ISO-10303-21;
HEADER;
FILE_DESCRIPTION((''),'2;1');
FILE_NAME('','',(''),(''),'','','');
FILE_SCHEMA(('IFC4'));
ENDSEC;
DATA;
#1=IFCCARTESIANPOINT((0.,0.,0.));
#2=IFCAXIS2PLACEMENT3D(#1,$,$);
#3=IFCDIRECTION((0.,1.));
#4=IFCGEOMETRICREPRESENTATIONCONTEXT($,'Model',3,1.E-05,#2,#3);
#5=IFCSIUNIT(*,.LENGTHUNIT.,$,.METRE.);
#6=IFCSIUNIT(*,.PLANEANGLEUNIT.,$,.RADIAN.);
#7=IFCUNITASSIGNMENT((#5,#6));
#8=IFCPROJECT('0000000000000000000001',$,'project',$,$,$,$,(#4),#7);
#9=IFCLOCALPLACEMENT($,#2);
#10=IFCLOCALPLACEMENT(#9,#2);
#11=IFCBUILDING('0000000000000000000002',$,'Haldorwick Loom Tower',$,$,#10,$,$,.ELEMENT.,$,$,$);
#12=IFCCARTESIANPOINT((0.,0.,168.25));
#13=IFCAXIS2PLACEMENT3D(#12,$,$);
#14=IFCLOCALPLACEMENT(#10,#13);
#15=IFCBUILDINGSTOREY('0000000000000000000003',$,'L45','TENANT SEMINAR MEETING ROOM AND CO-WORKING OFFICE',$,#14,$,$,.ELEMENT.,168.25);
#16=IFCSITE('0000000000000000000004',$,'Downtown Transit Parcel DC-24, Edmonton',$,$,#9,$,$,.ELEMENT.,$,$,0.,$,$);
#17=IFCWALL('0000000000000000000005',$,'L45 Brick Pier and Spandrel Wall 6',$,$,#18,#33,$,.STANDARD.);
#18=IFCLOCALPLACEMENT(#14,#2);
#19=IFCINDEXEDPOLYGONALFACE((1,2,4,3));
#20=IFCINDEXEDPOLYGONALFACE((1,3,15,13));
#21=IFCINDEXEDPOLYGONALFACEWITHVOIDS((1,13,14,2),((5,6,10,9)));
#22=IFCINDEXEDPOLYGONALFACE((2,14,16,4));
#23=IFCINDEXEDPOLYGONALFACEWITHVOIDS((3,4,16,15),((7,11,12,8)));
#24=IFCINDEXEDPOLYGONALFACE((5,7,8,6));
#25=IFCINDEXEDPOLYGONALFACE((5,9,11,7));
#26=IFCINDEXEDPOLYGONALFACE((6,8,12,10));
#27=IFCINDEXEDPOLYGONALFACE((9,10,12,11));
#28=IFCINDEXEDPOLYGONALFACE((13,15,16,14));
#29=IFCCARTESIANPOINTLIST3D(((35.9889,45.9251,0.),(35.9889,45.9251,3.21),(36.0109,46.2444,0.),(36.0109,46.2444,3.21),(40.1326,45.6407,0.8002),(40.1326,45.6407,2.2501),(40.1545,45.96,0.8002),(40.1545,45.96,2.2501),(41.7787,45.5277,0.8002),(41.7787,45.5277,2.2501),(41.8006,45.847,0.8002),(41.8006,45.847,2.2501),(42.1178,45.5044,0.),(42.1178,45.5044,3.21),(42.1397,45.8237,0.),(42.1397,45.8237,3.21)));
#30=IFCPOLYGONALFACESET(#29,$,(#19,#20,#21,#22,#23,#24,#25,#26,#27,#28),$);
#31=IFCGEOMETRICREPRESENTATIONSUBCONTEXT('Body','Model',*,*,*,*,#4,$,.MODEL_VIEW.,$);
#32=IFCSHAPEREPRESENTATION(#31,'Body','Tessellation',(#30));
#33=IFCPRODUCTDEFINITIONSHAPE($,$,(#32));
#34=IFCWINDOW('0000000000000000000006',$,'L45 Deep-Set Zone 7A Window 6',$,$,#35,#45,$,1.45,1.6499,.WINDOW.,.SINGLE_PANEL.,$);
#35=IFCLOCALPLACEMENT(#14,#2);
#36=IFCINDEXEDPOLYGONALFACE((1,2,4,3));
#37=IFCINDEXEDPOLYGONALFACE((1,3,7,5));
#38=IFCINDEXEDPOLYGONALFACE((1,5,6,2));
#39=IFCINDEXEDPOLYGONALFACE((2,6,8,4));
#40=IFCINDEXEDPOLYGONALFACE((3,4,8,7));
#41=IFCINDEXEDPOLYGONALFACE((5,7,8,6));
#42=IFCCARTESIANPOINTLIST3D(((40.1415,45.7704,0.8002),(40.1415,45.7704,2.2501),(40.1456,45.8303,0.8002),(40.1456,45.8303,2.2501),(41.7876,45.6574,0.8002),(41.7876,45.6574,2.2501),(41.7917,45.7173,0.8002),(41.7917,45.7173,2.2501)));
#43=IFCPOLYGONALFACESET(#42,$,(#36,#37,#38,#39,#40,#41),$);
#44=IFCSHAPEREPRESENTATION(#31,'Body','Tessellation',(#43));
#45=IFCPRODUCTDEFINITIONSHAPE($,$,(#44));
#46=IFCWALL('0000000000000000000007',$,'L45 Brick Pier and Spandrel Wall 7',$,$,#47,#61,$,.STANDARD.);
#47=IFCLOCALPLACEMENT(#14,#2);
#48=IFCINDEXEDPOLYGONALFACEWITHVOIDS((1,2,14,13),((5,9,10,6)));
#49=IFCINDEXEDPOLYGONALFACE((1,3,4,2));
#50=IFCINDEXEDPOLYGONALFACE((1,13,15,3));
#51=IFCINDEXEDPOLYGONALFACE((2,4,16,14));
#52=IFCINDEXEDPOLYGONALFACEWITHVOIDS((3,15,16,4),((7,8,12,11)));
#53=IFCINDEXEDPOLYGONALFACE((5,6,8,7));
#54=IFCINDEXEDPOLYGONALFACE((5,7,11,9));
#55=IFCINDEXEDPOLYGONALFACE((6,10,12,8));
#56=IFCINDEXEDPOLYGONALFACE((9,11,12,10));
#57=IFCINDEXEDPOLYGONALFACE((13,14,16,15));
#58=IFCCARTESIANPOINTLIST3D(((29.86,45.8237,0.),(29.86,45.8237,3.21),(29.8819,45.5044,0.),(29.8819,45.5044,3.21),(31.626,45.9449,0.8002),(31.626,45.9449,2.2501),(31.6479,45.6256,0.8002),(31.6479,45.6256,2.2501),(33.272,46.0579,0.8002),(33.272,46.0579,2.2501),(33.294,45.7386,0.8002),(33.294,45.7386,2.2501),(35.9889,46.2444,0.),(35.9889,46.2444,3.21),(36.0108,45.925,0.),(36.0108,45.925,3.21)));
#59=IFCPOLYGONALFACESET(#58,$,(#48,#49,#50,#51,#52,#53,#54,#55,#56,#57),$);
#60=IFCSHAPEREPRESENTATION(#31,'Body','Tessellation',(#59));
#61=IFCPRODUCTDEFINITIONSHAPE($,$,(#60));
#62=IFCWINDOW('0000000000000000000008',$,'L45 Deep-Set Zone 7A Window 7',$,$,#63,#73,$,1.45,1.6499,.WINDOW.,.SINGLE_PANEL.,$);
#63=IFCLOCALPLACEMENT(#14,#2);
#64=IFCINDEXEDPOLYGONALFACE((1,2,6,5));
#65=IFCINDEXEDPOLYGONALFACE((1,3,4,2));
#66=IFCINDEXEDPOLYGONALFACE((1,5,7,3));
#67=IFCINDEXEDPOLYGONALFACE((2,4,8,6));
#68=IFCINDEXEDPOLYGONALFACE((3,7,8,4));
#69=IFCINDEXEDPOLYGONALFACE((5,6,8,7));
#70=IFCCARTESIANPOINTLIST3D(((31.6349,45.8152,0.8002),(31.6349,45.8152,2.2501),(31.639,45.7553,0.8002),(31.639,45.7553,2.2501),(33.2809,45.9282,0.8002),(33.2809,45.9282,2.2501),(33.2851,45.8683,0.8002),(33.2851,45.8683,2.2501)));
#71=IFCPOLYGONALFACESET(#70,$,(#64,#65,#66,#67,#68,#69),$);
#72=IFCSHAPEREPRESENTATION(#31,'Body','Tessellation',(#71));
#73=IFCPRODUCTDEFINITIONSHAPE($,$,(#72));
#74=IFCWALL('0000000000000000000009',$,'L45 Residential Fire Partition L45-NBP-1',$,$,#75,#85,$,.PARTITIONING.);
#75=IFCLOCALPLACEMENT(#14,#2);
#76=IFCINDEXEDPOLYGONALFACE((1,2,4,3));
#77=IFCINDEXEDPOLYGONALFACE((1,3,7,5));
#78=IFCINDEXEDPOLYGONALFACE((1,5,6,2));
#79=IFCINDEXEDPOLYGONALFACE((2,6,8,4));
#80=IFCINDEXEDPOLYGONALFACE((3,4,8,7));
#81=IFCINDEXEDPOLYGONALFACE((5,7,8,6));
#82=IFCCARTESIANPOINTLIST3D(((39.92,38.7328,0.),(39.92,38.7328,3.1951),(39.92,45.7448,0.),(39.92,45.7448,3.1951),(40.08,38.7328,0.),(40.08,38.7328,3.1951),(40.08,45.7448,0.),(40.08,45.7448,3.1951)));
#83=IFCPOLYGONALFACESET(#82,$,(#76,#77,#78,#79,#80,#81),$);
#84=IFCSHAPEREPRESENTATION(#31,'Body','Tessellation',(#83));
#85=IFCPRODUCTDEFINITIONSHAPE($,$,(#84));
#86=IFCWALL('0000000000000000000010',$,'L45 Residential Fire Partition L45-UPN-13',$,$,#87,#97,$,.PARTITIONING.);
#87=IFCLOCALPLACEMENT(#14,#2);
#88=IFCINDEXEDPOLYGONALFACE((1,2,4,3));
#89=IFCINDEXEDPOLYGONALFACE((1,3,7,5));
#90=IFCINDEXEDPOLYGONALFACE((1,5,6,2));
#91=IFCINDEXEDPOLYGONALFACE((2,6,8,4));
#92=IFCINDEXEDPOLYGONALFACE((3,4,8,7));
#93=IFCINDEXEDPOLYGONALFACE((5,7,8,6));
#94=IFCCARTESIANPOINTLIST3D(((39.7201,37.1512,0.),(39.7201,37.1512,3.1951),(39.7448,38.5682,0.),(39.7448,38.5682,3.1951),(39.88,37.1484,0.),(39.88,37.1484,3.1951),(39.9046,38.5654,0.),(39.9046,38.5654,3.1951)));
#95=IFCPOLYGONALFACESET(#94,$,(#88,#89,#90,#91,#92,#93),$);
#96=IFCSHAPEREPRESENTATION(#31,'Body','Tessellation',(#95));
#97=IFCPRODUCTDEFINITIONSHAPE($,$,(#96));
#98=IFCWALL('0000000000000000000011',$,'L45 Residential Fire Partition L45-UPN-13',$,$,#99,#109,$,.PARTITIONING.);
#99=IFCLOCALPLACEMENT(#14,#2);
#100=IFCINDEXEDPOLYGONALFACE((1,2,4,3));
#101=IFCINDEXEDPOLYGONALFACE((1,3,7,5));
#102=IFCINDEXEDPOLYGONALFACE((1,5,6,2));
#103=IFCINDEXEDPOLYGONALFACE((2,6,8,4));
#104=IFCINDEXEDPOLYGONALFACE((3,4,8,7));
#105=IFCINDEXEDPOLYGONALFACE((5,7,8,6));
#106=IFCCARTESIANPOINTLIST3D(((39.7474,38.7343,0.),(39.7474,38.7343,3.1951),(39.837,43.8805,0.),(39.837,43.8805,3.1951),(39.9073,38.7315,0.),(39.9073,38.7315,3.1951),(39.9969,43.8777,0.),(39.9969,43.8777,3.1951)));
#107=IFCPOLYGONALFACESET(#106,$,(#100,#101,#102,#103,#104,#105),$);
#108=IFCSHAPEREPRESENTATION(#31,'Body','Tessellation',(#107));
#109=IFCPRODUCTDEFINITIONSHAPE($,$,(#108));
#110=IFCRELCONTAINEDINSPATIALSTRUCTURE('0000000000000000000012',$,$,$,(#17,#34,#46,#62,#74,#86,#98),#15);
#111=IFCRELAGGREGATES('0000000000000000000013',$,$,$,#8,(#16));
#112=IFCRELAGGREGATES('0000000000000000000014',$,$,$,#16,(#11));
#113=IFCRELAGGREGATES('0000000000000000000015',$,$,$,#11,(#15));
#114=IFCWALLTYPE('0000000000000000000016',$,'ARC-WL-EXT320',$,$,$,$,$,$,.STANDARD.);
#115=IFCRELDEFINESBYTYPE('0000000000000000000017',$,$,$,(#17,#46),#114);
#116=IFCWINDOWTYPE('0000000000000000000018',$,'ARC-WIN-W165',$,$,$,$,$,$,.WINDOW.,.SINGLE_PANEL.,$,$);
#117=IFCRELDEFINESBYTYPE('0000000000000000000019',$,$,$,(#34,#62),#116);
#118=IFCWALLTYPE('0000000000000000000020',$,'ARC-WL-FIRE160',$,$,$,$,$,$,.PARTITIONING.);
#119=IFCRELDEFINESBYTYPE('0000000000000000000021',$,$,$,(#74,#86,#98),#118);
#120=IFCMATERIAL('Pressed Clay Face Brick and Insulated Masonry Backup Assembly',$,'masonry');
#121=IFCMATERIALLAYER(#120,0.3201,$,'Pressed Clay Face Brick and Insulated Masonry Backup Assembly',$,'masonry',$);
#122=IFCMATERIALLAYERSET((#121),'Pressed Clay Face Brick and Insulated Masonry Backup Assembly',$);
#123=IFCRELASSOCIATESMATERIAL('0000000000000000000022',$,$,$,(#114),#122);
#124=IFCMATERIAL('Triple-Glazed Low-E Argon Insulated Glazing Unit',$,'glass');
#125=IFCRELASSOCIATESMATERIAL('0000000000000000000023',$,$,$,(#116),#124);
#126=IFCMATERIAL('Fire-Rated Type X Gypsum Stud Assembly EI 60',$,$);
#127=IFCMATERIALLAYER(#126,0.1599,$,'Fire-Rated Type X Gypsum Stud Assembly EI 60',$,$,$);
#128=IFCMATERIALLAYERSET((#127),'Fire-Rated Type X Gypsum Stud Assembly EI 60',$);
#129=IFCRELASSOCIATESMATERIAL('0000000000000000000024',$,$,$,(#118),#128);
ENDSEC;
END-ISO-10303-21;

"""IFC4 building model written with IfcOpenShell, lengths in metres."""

from ifc_helpers import new_model, si_unit, direction, frame, frame_2d, origin, place, context, subcontext, project, spatial, rectangle, extrude, material, layer, layer_set, type_object, element, fill, save


model = new_model("IFC4")

# Units and contexts
model_context = context("Model", 3, precision=1e-05, world=origin(), true_north=direction((0.0, 1.0)))
body_context = subcontext(model_context, "Body", "Model", "MODEL_VIEW")
ifc_project = project(units=[si_unit("LENGTHUNIT", "METRE"), si_unit("PLANEANGLEUNIT", "RADIAN")], contexts=[model_context])

# Site, building, storey
site_placement = place(None, origin())
site = spatial("IfcSite", under=ifc_project, at=site_placement, Name="Downtown Transit Parcel DC-24, Edmonton", CompositionType="ELEMENT", RefElevation=0.0)
building_placement = place(site_placement, origin())
building = spatial("IfcBuilding", under=site, at=building_placement, Name="Haldorwick Loom Tower", CompositionType="ELEMENT")
storey_placement = place(building_placement, frame((0.0, 0.0, 168.25)))
storey = spatial("IfcBuildingStorey", under=building, at=storey_placement, Name="L45", Description="TENANT SEMINAR MEETING ROOM AND CO-WORKING OFFICE", CompositionType="ELEMENT", Elevation=168.25)

# Walls, openings, windows
ifc_material_1 = material(Name="Pressed Clay Face Brick and Insulated Masonry Backup Assembly", Category="masonry")
ifc_layer_1 = layer(ifc_material_1, 0.3201, Name="Pressed Clay Face Brick and Insulated Masonry Backup Assembly", Category="masonry")
ifc_layer_set_1 = layer_set([ifc_layer_1], Name="Pressed Clay Face Brick and Insulated Masonry Backup Assembly")
wall_type_1 = type_object("IfcWallType", Name="ARC-WL-EXT320", PredefinedType="STANDARD", material=ifc_layer_set_1)
wall_1_placement = place(storey_placement, frame((42.1289, 45.6641, 0.0), z_axis=(0.0, 0.0, 1.0), x_axis=(-0.997653, 0.068473, 0.0)))
wall_1 = element("IfcWall", 1, at=wall_1_placement, inside=storey, type_object=wall_type_1, Name="L45 Brick Pier and Spandrel Wall 6", PredefinedType="STANDARD", context=body_context, shape_type="SweptSolid", body=[
    extrude(rectangle(XDim=6.1433, YDim=0.3201, at=frame_2d((3.0718, 0.0))), origin(), (0.0, 0.0, 1.0), 3.21),
])
opening_1_placement = place(wall_1_placement, frame((0.3401, 0.0, 0.8)))
opening_1 = element("IfcOpeningElement", 2, at=opening_1_placement, cuts=wall_1, PredefinedType="OPENING", context=body_context, shape_type="SweptSolid", body=[
    extrude(rectangle(XDim=1.6499, YDim=1.45, at=frame_2d((0.825, 0.7251))), frame((0.0, 0.1699, 0.0), z_axis=(0.0, -1.0, 0.0), x_axis=(1.0, 0.0, 0.0)), (0.0, 0.0, 1.0), 0.3401),
])
ifc_material_2 = material(Name="Triple-Glazed Low-E Argon Insulated Glazing Unit", Category="glass")
window_type = type_object("IfcWindowType", Name="ARC-WIN-W165", PartitioningType="SINGLE_PANEL", PredefinedType="WINDOW", material=ifc_material_2)
window_1_placement = place(opening_1_placement, origin())
window_1 = element("IfcWindow", 3, at=window_1_placement, inside=storey, type_object=window_type, Name="L45 Deep-Set Zone 7A Window 6", OverallHeight=1.45, OverallWidth=1.6499, PartitioningType="SINGLE_PANEL", PredefinedType="WINDOW", context=body_context, shape_type="SweptSolid", body=[
    extrude(rectangle(XDim=1.6499, YDim=1.45, at=frame_2d((0.825, 0.7251))), frame((0.0, 0.03, 0.0), z_axis=(0.0, -1.0, 0.0), x_axis=(1.0, 0.0, 0.0)), (0.0, 0.0, 1.0), 0.0601),
])
fill(opening_1, window_1)
wall_2_placement = place(storey_placement, frame((36.0, 46.0847, 0.0), z_axis=(0.0, 0.0, 1.0), x_axis=(-0.997653, -0.068473, 0.0)))
wall_2 = element("IfcWall", 4, at=wall_2_placement, inside=storey, type_object=wall_type_1, Name="L45 Brick Pier and Spandrel Wall 7", PredefinedType="STANDARD", context=body_context, shape_type="SweptSolid", body=[
    extrude(rectangle(XDim=6.1433, YDim=0.3201, at=frame_2d((3.0718, 0.0))), origin(), (0.0, 0.0, 1.0), 3.21),
])
opening_2_placement = place(wall_2_placement, frame((2.7234, 0.0, 0.8)))
opening_2 = element("IfcOpeningElement", 5, at=opening_2_placement, cuts=wall_2, PredefinedType="OPENING", context=body_context, shape_type="SweptSolid", body=[
    extrude(rectangle(XDim=1.6499, YDim=1.45, at=frame_2d((0.825, 0.7251))), frame((0.0, 0.1699, 0.0), z_axis=(0.0, -1.0, 0.0), x_axis=(1.0, 0.0, 0.0)), (0.0, 0.0, 1.0), 0.3401),
])
window_2_placement = place(opening_2_placement, origin())
window_2 = element("IfcWindow", 6, at=window_2_placement, inside=storey, type_object=window_type, Name="L45 Deep-Set Zone 7A Window 7", OverallHeight=1.45, OverallWidth=1.6499, PartitioningType="SINGLE_PANEL", PredefinedType="WINDOW", context=body_context, shape_type="SweptSolid", body=[
    extrude(rectangle(XDim=1.6499, YDim=1.45, at=frame_2d((0.825, 0.7251))), frame((0.0, 0.03, 0.0), z_axis=(0.0, -1.0, 0.0), x_axis=(1.0, 0.0, 0.0)), (0.0, 0.0, 1.0), 0.0601),
])
fill(opening_2, window_2)

# Walls
ifc_material_3 = material(Name="Fire-Rated Type X Gypsum Stud Assembly EI 60")
ifc_layer_2 = layer(ifc_material_3, 0.1599, Name="Fire-Rated Type X Gypsum Stud Assembly EI 60")
ifc_layer_set_2 = layer_set([ifc_layer_2], Name="Fire-Rated Type X Gypsum Stud Assembly EI 60")
wall_type_2 = type_object("IfcWallType", Name="ARC-WL-FIRE160", PredefinedType="PARTITIONING", material=ifc_layer_set_2)
wall_3_placement = place(storey_placement, frame((40.0, 38.7329, 0.0), z_axis=(0.0, 0.0, 1.0), x_axis=(0.0, 1.0, 0.0)))
element("IfcWall", 7, at=wall_3_placement, inside=storey, type_object=wall_type_2, Name="L45 Residential Fire Partition L45-NBP-1", PredefinedType="PARTITIONING", context=body_context, shape_type="SweptSolid", body=[
    extrude(rectangle(XDim=7.012, YDim=0.1599, at=frame_2d((3.5059, 0.0))), origin(), (0.0, 0.0, 1.0), 3.1951),
])
wall_4_placement = place(storey_placement, frame((39.8, 37.1499, 0.0), z_axis=(0.0, 0.0, 1.0), x_axis=(0.017399, 0.999849, 0.0)))
element("IfcWall", 8, at=wall_4_placement, inside=storey, type_object=wall_type_2, Name="L45 Residential Fire Partition L45-UPN-13", PredefinedType="PARTITIONING", context=body_context, shape_type="SweptSolid", body=[
    extrude(rectangle(XDim=1.4172, YDim=0.1599, at=frame_2d((0.7085, 0.0))), origin(), (0.0, 0.0, 1.0), 3.1951),
])
wall_5_placement = place(storey_placement, frame((39.8274, 38.7329, 0.0), z_axis=(0.0, 0.0, 1.0), x_axis=(0.017408, 0.999848, 0.0)))
element("IfcWall", 9, at=wall_5_placement, inside=storey, type_object=wall_type_2, Name="L45 Residential Fire Partition L45-UPN-13", PredefinedType="PARTITIONING", context=body_context, shape_type="SweptSolid", body=[
    extrude(rectangle(XDim=5.147, YDim=0.1599, at=frame_2d((2.5735, 0.0))), origin(), (0.0, 0.0, 1.0), 3.1951),
])

save(model, "model.ifc")
